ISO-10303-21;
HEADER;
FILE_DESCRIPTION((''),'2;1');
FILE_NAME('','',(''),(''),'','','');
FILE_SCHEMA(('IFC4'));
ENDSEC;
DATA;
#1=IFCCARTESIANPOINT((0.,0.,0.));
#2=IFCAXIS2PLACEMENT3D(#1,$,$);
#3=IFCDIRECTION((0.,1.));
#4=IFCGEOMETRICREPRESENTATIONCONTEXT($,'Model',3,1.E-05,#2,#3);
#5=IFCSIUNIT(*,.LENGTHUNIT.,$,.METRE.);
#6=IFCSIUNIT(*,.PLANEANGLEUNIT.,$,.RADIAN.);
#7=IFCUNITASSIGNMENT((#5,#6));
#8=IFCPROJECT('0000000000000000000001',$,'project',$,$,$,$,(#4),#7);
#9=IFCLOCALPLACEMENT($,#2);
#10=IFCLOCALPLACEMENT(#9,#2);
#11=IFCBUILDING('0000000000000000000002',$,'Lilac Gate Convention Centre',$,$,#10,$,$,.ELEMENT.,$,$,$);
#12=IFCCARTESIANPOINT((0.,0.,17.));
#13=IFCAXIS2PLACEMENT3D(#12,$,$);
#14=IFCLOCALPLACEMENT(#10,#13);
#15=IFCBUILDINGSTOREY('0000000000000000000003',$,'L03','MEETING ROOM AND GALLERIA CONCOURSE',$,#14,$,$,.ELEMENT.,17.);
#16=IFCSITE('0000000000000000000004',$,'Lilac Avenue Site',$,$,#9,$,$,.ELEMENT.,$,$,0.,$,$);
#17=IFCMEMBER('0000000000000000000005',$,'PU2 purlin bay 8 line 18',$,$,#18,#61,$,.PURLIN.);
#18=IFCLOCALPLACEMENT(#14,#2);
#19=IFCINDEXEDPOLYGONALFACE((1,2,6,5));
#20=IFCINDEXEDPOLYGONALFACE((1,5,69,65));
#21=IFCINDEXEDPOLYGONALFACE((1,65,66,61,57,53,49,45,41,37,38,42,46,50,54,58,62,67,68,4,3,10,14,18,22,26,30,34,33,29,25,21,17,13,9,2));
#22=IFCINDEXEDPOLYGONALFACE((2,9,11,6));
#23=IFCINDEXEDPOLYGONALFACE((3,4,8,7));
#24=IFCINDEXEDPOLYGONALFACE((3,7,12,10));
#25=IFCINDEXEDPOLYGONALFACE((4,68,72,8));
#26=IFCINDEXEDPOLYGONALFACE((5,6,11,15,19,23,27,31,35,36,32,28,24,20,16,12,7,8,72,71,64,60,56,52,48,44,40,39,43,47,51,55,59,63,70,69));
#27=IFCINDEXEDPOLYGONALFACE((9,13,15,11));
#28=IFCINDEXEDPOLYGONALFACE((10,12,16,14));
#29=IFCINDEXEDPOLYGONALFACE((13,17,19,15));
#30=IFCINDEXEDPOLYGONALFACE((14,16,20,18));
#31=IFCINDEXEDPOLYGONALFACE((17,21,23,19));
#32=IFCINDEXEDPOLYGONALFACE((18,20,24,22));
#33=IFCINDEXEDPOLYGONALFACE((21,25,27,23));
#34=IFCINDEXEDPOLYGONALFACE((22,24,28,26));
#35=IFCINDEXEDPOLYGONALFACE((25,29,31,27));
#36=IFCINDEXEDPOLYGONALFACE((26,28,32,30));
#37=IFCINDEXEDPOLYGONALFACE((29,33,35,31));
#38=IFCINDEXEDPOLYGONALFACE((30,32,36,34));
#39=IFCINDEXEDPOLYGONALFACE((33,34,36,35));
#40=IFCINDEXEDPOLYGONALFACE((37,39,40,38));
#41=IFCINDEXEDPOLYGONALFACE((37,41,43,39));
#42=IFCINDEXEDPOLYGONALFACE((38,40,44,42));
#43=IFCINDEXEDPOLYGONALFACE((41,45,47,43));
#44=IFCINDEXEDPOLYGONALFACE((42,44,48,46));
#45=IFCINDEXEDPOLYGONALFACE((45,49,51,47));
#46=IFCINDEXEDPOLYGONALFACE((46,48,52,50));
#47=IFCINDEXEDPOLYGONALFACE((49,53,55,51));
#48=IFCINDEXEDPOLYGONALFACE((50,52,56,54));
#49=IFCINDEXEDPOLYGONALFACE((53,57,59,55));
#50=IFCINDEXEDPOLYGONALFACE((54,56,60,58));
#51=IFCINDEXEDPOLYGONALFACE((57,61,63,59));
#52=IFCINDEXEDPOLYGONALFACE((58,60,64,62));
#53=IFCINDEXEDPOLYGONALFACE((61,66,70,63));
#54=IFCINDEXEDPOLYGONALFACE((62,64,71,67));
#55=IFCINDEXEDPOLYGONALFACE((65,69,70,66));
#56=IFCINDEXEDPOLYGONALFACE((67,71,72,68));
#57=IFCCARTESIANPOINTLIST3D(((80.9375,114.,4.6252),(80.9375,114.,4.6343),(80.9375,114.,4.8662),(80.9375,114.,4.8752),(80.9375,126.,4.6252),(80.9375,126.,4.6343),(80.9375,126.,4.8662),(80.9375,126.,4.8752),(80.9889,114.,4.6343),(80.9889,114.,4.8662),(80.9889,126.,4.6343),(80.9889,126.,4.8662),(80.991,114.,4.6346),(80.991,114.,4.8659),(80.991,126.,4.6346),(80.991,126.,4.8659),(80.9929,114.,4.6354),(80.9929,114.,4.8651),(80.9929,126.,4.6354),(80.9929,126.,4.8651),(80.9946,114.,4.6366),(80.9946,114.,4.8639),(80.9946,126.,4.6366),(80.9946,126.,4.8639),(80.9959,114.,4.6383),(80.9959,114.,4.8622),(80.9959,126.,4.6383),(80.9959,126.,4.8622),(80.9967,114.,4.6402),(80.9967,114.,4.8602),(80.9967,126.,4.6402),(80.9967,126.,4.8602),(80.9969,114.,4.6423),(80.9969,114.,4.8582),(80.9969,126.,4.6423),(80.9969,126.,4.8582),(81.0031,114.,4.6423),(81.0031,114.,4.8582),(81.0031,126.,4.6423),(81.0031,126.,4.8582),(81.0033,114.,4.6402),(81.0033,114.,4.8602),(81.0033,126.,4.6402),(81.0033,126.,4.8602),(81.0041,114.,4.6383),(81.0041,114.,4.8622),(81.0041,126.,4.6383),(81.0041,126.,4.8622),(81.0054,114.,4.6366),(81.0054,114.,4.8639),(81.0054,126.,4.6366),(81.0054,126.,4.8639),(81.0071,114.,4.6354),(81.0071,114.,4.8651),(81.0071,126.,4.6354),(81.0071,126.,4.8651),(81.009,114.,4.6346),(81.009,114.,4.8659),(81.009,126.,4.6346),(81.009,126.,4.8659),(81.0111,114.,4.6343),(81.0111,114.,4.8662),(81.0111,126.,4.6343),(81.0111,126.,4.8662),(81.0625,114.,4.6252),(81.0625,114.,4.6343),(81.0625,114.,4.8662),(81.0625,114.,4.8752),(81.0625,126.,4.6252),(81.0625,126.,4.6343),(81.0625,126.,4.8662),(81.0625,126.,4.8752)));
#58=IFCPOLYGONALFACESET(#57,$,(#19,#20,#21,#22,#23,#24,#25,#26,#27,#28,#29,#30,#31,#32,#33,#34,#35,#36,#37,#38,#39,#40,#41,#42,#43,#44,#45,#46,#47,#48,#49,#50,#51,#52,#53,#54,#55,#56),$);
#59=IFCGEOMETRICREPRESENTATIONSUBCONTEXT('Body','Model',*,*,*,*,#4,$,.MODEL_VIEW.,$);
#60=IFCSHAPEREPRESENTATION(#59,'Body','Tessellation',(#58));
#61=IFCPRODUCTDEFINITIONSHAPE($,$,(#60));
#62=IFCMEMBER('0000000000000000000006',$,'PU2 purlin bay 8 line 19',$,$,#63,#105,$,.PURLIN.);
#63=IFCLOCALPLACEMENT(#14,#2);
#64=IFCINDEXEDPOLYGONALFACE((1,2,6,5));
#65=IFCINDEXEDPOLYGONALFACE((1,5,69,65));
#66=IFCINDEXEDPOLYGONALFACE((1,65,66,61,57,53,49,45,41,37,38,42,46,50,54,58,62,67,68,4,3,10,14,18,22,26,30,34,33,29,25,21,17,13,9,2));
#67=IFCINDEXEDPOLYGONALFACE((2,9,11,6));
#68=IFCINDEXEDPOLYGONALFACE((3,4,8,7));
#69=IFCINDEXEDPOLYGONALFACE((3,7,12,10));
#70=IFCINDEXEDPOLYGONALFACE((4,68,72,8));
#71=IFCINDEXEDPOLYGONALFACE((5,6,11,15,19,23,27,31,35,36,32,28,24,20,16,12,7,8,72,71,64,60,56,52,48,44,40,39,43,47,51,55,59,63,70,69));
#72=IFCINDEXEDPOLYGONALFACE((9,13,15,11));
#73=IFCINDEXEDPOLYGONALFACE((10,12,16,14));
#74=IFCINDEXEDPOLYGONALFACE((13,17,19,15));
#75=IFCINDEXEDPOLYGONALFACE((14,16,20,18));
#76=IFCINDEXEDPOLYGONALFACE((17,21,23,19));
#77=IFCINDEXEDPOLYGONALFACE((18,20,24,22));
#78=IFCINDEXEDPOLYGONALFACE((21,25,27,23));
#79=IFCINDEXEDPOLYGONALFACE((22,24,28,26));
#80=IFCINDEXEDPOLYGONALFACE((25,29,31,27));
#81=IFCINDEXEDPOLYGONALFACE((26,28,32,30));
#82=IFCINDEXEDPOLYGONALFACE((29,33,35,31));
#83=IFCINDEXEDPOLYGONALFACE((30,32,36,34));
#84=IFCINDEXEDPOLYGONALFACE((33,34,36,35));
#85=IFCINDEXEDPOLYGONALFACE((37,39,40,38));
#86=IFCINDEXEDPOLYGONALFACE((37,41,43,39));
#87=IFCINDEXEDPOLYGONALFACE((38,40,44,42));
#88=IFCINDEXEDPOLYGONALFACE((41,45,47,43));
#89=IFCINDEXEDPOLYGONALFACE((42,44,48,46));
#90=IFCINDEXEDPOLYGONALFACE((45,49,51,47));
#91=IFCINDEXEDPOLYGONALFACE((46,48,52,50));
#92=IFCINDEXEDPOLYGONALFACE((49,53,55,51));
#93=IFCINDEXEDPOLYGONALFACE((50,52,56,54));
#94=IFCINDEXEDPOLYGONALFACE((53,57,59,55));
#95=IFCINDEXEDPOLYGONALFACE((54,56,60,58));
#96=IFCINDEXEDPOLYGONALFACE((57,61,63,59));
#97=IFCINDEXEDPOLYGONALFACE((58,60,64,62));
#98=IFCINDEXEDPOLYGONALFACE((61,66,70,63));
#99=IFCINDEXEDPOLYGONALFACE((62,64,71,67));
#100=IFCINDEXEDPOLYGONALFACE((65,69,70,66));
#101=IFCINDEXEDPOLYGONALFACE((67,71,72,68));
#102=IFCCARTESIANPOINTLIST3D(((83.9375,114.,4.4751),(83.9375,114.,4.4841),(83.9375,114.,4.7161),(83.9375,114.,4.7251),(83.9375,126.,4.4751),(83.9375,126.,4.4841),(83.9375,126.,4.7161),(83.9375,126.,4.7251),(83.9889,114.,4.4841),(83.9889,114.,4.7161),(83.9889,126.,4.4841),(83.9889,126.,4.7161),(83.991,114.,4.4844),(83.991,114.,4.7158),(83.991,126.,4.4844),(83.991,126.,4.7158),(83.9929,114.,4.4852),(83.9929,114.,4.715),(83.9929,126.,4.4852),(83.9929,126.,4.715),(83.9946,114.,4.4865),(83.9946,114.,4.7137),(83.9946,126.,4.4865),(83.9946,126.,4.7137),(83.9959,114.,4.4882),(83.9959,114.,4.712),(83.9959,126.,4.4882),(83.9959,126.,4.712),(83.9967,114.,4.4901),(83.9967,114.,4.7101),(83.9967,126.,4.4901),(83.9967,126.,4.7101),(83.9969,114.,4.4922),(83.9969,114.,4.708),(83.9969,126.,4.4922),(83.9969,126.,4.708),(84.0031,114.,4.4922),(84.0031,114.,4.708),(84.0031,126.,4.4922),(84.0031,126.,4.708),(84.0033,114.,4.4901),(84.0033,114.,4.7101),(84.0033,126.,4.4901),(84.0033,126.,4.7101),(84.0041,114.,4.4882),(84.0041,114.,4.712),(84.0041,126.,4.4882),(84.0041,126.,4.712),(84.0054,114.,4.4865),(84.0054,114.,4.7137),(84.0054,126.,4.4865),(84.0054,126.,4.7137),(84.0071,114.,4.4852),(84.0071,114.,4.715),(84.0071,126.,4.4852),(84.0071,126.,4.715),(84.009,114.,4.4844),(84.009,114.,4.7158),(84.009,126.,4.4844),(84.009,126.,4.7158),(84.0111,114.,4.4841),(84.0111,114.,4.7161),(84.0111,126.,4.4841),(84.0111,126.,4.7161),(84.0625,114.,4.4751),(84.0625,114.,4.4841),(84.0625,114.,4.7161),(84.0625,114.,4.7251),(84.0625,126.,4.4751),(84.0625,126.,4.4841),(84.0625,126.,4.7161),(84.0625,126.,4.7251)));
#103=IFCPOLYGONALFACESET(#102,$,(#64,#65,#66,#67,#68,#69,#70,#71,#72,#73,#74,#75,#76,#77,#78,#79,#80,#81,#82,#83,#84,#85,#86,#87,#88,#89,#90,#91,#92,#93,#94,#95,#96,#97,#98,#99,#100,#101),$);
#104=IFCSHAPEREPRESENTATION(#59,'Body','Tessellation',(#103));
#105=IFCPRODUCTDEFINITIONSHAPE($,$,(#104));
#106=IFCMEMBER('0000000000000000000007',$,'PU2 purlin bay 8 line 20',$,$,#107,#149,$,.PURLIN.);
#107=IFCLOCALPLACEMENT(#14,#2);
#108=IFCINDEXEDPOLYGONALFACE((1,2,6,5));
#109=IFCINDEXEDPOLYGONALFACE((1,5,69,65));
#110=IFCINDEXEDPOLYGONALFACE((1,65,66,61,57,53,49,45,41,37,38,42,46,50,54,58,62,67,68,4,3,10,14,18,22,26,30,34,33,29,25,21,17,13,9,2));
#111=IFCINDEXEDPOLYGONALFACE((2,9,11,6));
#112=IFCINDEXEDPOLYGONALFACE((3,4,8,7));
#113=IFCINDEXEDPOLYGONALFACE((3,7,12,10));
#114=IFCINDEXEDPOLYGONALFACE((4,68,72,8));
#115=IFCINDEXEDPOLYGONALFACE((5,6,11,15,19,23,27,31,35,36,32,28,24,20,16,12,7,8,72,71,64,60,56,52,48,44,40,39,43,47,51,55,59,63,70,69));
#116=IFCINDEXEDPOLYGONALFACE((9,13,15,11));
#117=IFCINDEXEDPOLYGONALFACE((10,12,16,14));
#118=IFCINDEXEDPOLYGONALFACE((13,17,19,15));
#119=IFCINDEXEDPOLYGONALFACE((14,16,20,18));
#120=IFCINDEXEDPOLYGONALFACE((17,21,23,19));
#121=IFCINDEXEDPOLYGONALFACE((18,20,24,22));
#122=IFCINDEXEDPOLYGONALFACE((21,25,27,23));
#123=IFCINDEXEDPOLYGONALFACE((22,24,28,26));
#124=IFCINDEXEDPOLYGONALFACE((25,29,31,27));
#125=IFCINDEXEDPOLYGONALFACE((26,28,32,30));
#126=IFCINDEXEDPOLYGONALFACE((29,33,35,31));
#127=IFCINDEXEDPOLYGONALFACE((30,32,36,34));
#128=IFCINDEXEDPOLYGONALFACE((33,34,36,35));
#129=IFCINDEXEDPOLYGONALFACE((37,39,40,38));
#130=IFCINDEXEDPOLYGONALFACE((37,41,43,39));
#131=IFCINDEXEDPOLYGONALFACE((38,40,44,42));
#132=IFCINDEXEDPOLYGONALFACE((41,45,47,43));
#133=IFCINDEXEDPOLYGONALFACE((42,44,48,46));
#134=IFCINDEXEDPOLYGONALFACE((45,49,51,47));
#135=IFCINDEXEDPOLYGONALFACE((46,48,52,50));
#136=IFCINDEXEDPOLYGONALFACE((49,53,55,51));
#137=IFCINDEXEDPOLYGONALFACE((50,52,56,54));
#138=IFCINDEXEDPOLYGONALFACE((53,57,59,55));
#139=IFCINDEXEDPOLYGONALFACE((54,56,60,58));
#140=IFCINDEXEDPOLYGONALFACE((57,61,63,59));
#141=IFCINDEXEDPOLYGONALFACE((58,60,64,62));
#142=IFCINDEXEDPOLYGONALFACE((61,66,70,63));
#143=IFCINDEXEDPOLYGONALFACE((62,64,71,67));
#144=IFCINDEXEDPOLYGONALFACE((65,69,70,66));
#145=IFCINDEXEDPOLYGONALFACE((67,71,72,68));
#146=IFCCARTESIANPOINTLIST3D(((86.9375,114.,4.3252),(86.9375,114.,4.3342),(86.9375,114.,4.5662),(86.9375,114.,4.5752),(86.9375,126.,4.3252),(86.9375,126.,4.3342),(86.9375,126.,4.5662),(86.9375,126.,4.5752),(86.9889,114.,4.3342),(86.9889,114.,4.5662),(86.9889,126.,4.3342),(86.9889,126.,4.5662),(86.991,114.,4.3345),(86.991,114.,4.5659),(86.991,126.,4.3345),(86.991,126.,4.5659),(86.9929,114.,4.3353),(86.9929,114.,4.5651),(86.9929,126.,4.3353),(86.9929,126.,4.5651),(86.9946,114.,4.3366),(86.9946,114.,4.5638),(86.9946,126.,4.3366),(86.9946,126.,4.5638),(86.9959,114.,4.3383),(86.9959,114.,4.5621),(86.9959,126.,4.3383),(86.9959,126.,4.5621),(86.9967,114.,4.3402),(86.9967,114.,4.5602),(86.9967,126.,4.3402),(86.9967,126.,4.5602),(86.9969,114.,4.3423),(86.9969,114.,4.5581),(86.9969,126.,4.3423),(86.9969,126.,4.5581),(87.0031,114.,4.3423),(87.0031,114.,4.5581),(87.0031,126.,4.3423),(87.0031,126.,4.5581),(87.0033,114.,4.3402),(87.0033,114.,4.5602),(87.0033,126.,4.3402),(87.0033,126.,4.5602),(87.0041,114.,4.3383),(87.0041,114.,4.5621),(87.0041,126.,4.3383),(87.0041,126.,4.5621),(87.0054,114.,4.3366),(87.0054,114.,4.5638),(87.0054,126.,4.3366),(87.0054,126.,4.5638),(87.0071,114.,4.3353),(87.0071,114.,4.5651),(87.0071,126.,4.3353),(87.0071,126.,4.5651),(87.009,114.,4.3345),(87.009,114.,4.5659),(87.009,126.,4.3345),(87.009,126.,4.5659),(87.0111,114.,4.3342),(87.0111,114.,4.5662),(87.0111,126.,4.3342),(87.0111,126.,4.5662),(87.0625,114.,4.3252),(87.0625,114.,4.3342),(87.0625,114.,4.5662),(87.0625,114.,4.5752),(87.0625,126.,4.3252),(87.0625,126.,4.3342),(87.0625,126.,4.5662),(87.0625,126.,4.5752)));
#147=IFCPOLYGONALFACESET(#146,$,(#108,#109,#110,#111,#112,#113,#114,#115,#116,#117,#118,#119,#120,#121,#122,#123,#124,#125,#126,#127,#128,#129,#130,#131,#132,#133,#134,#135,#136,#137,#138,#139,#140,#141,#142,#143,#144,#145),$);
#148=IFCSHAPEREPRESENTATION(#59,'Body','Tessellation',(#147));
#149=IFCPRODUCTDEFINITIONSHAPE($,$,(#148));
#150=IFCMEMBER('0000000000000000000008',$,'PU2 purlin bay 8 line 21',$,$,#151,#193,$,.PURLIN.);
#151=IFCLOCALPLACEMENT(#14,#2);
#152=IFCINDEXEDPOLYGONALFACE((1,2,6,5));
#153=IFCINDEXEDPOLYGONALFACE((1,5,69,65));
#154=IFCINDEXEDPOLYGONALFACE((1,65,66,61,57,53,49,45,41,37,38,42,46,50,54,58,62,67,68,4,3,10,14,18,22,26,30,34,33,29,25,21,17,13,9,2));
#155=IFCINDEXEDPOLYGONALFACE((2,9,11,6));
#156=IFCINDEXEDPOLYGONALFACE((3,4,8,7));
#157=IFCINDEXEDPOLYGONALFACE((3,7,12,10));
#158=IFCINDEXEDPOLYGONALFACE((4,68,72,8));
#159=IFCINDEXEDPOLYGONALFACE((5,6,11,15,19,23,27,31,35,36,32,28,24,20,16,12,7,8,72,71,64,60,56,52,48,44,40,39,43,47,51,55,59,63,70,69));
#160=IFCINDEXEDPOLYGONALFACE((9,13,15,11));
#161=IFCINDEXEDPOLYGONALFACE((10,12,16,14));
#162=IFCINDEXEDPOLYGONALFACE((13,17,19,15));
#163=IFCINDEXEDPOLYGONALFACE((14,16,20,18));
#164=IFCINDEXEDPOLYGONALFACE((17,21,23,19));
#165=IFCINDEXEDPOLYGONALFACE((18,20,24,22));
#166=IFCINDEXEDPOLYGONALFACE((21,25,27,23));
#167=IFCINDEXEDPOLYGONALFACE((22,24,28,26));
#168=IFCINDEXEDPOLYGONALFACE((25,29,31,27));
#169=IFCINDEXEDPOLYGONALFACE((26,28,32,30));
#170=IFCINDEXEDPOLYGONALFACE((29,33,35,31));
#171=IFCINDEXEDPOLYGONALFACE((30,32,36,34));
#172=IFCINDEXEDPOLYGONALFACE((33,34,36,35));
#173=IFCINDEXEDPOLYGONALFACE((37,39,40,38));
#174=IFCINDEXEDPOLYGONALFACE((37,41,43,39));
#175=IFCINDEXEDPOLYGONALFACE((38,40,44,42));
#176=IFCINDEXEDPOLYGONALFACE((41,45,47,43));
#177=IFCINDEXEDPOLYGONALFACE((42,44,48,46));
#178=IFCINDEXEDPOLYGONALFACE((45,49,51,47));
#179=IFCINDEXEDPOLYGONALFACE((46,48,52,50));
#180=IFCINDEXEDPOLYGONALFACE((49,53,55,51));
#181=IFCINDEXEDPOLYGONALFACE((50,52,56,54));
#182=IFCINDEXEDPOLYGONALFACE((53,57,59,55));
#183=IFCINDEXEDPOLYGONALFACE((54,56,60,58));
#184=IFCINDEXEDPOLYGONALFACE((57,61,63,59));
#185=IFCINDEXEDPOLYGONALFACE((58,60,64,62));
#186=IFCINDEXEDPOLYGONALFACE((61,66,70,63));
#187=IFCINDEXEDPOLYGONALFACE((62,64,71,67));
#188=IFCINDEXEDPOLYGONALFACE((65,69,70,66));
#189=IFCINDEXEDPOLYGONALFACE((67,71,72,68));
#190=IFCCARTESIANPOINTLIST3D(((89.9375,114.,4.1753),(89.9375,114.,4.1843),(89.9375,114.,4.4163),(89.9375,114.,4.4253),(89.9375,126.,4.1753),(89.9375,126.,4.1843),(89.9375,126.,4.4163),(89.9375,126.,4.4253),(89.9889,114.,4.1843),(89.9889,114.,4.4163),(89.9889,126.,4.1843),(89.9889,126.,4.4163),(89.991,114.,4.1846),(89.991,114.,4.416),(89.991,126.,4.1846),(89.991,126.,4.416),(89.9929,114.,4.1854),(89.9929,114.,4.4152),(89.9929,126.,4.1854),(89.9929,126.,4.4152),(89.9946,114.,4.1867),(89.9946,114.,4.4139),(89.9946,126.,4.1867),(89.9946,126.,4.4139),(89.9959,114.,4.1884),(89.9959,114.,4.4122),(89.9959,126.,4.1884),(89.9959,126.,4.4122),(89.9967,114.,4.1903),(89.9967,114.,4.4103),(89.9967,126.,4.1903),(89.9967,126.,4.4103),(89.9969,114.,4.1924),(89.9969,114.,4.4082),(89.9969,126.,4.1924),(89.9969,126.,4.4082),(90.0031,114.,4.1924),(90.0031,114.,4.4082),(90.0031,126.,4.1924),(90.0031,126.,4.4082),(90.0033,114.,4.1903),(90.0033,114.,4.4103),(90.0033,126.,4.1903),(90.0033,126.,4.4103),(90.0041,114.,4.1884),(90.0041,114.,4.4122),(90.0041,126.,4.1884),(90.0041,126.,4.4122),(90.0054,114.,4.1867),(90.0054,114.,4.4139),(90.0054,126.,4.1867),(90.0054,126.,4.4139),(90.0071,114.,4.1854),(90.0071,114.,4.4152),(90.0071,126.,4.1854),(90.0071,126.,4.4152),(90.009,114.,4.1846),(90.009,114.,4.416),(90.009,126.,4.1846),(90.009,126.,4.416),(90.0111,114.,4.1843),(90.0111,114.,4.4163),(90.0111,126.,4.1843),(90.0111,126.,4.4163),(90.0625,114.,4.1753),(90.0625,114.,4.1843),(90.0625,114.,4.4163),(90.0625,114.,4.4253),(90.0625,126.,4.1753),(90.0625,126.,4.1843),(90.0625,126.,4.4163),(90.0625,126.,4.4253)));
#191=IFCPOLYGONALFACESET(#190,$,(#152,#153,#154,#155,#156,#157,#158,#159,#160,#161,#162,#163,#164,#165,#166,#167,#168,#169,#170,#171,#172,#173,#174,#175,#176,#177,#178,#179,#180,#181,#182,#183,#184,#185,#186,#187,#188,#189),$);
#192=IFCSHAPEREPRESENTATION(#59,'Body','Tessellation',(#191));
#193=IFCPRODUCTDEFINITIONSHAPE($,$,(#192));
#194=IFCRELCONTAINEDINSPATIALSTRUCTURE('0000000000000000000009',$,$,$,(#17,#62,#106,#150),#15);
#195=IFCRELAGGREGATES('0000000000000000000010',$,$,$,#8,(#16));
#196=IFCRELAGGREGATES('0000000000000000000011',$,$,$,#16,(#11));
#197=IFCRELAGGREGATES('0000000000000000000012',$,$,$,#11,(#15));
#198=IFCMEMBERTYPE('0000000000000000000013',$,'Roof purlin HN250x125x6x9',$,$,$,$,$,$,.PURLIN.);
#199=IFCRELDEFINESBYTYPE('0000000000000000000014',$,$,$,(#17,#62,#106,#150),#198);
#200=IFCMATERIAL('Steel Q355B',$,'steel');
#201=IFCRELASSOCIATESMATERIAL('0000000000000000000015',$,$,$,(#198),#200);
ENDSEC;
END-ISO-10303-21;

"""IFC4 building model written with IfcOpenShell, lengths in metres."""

from ifc_helpers import new_model, si_unit, direction, frame, origin, origin_2d, place, context, subcontext, project, spatial, i_section, extrude, material, material_profile, profile_set, type_object, element, save


model = new_model("IFC4")

# Units and contexts
model_context = context("Model", 3, precision=1e-05, world=origin(), true_north=direction((0.0, 1.0)))
body_context = subcontext(model_context, "Body", "Model", "MODEL_VIEW")
ifc_project = project(units=[si_unit("LENGTHUNIT", "METRE"), si_unit("PLANEANGLEUNIT", "RADIAN")], contexts=[model_context])

# Site, building, storey
site_placement = place(None, origin())
site = spatial("IfcSite", under=ifc_project, at=site_placement, Name="Lilac Avenue Site", CompositionType="ELEMENT", RefElevation=0.0)
building_placement = place(site_placement, origin())
building = spatial("IfcBuilding", under=site, at=building_placement, Name="Lilac Gate Convention Centre", CompositionType="ELEMENT")
storey_placement = place(building_placement, frame((0.0, 0.0, 17.0)))
storey = spatial("IfcBuildingStorey", under=building, at=storey_placement, Name="L03", Description="MEETING ROOM AND GALLERIA CONCOURSE", CompositionType="ELEMENT", Elevation=17.0)

# Members
ifc_material_1 = material(Name="Steel Q355B", Category="steel")
ifc_material_profile_1 = material_profile(ifc_material_1, i_section(OverallWidth=0.125, OverallDepth=0.25, WebThickness=0.0061, FlangeThickness=0.009, FilletRadius=0.0081, at=origin_2d()), Name="HN250x125x6x9")
ifc_profile_set_1 = profile_set([ifc_material_profile_1], Name="Steel Q355B")
member_type_1 = type_object("IfcMemberType", Name="Roof purlin HN250x125x6x9", PredefinedType="PURLIN", material=ifc_profile_set_1)
for number, where, z_axis, x_axis, name in (
    (1, (81.0, 114.0, 4.7502), (0.0, 1.0, 0.0), (-1.0, 0.0, 0.0), "PU2 purlin bay 8 line 18"),
    (2, (84.0, 114.0, 4.6001), (0.0, 1.0, 0.0), (-1.0, 0.0, 0.0), "PU2 purlin bay 8 line 19"),
    (3, (87.0, 114.0, 4.4502), (0.0, 1.0, 0.0), (-1.0, 0.0, 0.0), "PU2 purlin bay 8 line 20"),
    (4, (90.0, 114.0, 4.3003), (0.0, 1.0, 0.0), (-1.0, 0.0, 0.0), "PU2 purlin bay 8 line 21"),
):
    element("IfcMember", number, at=place(storey_placement, frame(where, z_axis=z_axis, x_axis=x_axis)), inside=storey, type_object=member_type_1, Name=name, PredefinedType="PURLIN", context=body_context, shape_type="SweptSolid", body=[
        extrude(i_section(OverallWidth=0.125, OverallDepth=0.25, WebThickness=0.0061, FlangeThickness=0.009, FilletRadius=0.0081, at=origin_2d()), origin(), (0.0, 0.0, 1.0), 12.0),
    ])

save(model, "model.ifc")
